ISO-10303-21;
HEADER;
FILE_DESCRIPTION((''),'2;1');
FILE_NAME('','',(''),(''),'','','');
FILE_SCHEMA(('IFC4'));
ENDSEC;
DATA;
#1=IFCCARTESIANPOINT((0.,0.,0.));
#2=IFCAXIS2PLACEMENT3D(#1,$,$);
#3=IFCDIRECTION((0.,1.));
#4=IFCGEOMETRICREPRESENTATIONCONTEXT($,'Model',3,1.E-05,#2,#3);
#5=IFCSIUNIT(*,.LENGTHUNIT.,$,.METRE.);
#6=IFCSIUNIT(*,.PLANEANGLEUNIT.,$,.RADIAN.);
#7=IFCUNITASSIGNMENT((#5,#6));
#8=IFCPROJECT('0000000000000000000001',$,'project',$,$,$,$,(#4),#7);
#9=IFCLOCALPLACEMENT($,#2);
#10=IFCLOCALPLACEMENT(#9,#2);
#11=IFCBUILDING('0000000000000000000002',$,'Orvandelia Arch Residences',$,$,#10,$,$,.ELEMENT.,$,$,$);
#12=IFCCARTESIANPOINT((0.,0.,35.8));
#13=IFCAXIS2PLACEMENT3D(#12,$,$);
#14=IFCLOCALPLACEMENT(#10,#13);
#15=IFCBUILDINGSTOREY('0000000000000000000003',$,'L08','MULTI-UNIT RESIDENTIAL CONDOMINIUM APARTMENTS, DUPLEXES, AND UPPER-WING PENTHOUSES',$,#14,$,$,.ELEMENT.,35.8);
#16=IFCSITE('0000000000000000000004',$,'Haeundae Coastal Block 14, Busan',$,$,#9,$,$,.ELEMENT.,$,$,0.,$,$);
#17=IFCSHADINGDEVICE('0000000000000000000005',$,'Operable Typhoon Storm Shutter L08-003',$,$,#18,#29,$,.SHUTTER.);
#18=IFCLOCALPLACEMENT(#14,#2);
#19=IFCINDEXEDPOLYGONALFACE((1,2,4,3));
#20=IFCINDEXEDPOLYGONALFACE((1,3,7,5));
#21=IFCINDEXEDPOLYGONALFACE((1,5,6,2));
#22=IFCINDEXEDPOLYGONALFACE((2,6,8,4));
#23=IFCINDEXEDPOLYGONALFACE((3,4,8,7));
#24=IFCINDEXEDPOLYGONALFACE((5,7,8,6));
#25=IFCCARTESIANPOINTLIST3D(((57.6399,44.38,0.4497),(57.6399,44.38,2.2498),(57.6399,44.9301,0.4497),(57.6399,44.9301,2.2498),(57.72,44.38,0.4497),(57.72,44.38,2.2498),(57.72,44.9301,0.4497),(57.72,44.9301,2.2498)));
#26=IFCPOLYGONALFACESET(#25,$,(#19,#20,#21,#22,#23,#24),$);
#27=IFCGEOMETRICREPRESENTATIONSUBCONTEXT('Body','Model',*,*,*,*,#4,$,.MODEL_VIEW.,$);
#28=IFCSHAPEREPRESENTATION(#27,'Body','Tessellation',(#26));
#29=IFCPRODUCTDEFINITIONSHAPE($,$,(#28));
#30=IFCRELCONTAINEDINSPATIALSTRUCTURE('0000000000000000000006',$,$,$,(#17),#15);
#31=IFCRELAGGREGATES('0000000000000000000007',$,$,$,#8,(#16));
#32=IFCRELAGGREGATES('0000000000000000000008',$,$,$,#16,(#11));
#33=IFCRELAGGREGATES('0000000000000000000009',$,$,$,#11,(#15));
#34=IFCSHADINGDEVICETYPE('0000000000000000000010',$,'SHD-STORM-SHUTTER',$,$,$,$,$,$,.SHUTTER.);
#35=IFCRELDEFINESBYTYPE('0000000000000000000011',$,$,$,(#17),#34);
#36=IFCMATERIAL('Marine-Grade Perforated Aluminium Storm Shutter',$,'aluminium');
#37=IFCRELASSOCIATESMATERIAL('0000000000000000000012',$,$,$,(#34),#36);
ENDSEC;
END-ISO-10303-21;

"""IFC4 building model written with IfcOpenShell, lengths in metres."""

from ifc_helpers import new_model, si_unit, direction, frame, origin, origin_2d, place, context, subcontext, project, spatial, rectangle, extrude, material, type_object, element, save


model = new_model("IFC4")

# Units and contexts
model_context = context("Model", 3, precision=1e-05, world=origin(), true_north=direction((0.0, 1.0)))
body_context = subcontext(model_context, "Body", "Model", "MODEL_VIEW")
ifc_project = project(units=[si_unit("LENGTHUNIT", "METRE"), si_unit("PLANEANGLEUNIT", "RADIAN")], contexts=[model_context])

# Site, building, storey
site_placement = place(None, origin())
site = spatial("IfcSite", under=ifc_project, at=site_placement, Name="Haeundae Coastal Block 14, Busan", CompositionType="ELEMENT", RefElevation=0.0)
building_placement = place(site_placement, origin())
building = spatial("IfcBuilding", under=site, at=building_placement, Name="Orvandelia Arch Residences", CompositionType="ELEMENT")
storey_placement = place(building_placement, frame((0.0, 0.0, 35.8)))
storey = spatial("IfcBuildingStorey", under=building, at=storey_placement, Name="L08", Description="MULTI-UNIT RESIDENTIAL CONDOMINIUM APARTMENTS, DUPLEXES, AND UPPER-WING PENTHOUSES", CompositionType="ELEMENT", Elevation=35.8)

# Shading device
ifc_material_1 = material(Name="Marine-Grade Perforated Aluminium Storm Shutter", Category="aluminium")
shading_device_type_1 = type_object("IfcShadingDeviceType", Name="SHD-STORM-SHUTTER", PredefinedType="SHUTTER", material=ifc_material_1)
shading_device_1_placement = place(storey_placement, frame((57.6799, 44.655, 0.4497), z_axis=(0.0, 0.0, 1.0), x_axis=(0.0, -1.0, 0.0)))
element("IfcShadingDevice", 1, at=shading_device_1_placement, inside=storey, type_object=shading_device_type_1, Name="Operable Typhoon Storm Shutter L08-003", PredefinedType="SHUTTER", context=body_context, shape_type="SweptSolid", body=[
    extrude(rectangle(XDim=0.55, YDim=0.0801, at=origin_2d()), origin(), (0.0, 0.0, 1.0), 1.8),
])

save(model, "model.ifc")
